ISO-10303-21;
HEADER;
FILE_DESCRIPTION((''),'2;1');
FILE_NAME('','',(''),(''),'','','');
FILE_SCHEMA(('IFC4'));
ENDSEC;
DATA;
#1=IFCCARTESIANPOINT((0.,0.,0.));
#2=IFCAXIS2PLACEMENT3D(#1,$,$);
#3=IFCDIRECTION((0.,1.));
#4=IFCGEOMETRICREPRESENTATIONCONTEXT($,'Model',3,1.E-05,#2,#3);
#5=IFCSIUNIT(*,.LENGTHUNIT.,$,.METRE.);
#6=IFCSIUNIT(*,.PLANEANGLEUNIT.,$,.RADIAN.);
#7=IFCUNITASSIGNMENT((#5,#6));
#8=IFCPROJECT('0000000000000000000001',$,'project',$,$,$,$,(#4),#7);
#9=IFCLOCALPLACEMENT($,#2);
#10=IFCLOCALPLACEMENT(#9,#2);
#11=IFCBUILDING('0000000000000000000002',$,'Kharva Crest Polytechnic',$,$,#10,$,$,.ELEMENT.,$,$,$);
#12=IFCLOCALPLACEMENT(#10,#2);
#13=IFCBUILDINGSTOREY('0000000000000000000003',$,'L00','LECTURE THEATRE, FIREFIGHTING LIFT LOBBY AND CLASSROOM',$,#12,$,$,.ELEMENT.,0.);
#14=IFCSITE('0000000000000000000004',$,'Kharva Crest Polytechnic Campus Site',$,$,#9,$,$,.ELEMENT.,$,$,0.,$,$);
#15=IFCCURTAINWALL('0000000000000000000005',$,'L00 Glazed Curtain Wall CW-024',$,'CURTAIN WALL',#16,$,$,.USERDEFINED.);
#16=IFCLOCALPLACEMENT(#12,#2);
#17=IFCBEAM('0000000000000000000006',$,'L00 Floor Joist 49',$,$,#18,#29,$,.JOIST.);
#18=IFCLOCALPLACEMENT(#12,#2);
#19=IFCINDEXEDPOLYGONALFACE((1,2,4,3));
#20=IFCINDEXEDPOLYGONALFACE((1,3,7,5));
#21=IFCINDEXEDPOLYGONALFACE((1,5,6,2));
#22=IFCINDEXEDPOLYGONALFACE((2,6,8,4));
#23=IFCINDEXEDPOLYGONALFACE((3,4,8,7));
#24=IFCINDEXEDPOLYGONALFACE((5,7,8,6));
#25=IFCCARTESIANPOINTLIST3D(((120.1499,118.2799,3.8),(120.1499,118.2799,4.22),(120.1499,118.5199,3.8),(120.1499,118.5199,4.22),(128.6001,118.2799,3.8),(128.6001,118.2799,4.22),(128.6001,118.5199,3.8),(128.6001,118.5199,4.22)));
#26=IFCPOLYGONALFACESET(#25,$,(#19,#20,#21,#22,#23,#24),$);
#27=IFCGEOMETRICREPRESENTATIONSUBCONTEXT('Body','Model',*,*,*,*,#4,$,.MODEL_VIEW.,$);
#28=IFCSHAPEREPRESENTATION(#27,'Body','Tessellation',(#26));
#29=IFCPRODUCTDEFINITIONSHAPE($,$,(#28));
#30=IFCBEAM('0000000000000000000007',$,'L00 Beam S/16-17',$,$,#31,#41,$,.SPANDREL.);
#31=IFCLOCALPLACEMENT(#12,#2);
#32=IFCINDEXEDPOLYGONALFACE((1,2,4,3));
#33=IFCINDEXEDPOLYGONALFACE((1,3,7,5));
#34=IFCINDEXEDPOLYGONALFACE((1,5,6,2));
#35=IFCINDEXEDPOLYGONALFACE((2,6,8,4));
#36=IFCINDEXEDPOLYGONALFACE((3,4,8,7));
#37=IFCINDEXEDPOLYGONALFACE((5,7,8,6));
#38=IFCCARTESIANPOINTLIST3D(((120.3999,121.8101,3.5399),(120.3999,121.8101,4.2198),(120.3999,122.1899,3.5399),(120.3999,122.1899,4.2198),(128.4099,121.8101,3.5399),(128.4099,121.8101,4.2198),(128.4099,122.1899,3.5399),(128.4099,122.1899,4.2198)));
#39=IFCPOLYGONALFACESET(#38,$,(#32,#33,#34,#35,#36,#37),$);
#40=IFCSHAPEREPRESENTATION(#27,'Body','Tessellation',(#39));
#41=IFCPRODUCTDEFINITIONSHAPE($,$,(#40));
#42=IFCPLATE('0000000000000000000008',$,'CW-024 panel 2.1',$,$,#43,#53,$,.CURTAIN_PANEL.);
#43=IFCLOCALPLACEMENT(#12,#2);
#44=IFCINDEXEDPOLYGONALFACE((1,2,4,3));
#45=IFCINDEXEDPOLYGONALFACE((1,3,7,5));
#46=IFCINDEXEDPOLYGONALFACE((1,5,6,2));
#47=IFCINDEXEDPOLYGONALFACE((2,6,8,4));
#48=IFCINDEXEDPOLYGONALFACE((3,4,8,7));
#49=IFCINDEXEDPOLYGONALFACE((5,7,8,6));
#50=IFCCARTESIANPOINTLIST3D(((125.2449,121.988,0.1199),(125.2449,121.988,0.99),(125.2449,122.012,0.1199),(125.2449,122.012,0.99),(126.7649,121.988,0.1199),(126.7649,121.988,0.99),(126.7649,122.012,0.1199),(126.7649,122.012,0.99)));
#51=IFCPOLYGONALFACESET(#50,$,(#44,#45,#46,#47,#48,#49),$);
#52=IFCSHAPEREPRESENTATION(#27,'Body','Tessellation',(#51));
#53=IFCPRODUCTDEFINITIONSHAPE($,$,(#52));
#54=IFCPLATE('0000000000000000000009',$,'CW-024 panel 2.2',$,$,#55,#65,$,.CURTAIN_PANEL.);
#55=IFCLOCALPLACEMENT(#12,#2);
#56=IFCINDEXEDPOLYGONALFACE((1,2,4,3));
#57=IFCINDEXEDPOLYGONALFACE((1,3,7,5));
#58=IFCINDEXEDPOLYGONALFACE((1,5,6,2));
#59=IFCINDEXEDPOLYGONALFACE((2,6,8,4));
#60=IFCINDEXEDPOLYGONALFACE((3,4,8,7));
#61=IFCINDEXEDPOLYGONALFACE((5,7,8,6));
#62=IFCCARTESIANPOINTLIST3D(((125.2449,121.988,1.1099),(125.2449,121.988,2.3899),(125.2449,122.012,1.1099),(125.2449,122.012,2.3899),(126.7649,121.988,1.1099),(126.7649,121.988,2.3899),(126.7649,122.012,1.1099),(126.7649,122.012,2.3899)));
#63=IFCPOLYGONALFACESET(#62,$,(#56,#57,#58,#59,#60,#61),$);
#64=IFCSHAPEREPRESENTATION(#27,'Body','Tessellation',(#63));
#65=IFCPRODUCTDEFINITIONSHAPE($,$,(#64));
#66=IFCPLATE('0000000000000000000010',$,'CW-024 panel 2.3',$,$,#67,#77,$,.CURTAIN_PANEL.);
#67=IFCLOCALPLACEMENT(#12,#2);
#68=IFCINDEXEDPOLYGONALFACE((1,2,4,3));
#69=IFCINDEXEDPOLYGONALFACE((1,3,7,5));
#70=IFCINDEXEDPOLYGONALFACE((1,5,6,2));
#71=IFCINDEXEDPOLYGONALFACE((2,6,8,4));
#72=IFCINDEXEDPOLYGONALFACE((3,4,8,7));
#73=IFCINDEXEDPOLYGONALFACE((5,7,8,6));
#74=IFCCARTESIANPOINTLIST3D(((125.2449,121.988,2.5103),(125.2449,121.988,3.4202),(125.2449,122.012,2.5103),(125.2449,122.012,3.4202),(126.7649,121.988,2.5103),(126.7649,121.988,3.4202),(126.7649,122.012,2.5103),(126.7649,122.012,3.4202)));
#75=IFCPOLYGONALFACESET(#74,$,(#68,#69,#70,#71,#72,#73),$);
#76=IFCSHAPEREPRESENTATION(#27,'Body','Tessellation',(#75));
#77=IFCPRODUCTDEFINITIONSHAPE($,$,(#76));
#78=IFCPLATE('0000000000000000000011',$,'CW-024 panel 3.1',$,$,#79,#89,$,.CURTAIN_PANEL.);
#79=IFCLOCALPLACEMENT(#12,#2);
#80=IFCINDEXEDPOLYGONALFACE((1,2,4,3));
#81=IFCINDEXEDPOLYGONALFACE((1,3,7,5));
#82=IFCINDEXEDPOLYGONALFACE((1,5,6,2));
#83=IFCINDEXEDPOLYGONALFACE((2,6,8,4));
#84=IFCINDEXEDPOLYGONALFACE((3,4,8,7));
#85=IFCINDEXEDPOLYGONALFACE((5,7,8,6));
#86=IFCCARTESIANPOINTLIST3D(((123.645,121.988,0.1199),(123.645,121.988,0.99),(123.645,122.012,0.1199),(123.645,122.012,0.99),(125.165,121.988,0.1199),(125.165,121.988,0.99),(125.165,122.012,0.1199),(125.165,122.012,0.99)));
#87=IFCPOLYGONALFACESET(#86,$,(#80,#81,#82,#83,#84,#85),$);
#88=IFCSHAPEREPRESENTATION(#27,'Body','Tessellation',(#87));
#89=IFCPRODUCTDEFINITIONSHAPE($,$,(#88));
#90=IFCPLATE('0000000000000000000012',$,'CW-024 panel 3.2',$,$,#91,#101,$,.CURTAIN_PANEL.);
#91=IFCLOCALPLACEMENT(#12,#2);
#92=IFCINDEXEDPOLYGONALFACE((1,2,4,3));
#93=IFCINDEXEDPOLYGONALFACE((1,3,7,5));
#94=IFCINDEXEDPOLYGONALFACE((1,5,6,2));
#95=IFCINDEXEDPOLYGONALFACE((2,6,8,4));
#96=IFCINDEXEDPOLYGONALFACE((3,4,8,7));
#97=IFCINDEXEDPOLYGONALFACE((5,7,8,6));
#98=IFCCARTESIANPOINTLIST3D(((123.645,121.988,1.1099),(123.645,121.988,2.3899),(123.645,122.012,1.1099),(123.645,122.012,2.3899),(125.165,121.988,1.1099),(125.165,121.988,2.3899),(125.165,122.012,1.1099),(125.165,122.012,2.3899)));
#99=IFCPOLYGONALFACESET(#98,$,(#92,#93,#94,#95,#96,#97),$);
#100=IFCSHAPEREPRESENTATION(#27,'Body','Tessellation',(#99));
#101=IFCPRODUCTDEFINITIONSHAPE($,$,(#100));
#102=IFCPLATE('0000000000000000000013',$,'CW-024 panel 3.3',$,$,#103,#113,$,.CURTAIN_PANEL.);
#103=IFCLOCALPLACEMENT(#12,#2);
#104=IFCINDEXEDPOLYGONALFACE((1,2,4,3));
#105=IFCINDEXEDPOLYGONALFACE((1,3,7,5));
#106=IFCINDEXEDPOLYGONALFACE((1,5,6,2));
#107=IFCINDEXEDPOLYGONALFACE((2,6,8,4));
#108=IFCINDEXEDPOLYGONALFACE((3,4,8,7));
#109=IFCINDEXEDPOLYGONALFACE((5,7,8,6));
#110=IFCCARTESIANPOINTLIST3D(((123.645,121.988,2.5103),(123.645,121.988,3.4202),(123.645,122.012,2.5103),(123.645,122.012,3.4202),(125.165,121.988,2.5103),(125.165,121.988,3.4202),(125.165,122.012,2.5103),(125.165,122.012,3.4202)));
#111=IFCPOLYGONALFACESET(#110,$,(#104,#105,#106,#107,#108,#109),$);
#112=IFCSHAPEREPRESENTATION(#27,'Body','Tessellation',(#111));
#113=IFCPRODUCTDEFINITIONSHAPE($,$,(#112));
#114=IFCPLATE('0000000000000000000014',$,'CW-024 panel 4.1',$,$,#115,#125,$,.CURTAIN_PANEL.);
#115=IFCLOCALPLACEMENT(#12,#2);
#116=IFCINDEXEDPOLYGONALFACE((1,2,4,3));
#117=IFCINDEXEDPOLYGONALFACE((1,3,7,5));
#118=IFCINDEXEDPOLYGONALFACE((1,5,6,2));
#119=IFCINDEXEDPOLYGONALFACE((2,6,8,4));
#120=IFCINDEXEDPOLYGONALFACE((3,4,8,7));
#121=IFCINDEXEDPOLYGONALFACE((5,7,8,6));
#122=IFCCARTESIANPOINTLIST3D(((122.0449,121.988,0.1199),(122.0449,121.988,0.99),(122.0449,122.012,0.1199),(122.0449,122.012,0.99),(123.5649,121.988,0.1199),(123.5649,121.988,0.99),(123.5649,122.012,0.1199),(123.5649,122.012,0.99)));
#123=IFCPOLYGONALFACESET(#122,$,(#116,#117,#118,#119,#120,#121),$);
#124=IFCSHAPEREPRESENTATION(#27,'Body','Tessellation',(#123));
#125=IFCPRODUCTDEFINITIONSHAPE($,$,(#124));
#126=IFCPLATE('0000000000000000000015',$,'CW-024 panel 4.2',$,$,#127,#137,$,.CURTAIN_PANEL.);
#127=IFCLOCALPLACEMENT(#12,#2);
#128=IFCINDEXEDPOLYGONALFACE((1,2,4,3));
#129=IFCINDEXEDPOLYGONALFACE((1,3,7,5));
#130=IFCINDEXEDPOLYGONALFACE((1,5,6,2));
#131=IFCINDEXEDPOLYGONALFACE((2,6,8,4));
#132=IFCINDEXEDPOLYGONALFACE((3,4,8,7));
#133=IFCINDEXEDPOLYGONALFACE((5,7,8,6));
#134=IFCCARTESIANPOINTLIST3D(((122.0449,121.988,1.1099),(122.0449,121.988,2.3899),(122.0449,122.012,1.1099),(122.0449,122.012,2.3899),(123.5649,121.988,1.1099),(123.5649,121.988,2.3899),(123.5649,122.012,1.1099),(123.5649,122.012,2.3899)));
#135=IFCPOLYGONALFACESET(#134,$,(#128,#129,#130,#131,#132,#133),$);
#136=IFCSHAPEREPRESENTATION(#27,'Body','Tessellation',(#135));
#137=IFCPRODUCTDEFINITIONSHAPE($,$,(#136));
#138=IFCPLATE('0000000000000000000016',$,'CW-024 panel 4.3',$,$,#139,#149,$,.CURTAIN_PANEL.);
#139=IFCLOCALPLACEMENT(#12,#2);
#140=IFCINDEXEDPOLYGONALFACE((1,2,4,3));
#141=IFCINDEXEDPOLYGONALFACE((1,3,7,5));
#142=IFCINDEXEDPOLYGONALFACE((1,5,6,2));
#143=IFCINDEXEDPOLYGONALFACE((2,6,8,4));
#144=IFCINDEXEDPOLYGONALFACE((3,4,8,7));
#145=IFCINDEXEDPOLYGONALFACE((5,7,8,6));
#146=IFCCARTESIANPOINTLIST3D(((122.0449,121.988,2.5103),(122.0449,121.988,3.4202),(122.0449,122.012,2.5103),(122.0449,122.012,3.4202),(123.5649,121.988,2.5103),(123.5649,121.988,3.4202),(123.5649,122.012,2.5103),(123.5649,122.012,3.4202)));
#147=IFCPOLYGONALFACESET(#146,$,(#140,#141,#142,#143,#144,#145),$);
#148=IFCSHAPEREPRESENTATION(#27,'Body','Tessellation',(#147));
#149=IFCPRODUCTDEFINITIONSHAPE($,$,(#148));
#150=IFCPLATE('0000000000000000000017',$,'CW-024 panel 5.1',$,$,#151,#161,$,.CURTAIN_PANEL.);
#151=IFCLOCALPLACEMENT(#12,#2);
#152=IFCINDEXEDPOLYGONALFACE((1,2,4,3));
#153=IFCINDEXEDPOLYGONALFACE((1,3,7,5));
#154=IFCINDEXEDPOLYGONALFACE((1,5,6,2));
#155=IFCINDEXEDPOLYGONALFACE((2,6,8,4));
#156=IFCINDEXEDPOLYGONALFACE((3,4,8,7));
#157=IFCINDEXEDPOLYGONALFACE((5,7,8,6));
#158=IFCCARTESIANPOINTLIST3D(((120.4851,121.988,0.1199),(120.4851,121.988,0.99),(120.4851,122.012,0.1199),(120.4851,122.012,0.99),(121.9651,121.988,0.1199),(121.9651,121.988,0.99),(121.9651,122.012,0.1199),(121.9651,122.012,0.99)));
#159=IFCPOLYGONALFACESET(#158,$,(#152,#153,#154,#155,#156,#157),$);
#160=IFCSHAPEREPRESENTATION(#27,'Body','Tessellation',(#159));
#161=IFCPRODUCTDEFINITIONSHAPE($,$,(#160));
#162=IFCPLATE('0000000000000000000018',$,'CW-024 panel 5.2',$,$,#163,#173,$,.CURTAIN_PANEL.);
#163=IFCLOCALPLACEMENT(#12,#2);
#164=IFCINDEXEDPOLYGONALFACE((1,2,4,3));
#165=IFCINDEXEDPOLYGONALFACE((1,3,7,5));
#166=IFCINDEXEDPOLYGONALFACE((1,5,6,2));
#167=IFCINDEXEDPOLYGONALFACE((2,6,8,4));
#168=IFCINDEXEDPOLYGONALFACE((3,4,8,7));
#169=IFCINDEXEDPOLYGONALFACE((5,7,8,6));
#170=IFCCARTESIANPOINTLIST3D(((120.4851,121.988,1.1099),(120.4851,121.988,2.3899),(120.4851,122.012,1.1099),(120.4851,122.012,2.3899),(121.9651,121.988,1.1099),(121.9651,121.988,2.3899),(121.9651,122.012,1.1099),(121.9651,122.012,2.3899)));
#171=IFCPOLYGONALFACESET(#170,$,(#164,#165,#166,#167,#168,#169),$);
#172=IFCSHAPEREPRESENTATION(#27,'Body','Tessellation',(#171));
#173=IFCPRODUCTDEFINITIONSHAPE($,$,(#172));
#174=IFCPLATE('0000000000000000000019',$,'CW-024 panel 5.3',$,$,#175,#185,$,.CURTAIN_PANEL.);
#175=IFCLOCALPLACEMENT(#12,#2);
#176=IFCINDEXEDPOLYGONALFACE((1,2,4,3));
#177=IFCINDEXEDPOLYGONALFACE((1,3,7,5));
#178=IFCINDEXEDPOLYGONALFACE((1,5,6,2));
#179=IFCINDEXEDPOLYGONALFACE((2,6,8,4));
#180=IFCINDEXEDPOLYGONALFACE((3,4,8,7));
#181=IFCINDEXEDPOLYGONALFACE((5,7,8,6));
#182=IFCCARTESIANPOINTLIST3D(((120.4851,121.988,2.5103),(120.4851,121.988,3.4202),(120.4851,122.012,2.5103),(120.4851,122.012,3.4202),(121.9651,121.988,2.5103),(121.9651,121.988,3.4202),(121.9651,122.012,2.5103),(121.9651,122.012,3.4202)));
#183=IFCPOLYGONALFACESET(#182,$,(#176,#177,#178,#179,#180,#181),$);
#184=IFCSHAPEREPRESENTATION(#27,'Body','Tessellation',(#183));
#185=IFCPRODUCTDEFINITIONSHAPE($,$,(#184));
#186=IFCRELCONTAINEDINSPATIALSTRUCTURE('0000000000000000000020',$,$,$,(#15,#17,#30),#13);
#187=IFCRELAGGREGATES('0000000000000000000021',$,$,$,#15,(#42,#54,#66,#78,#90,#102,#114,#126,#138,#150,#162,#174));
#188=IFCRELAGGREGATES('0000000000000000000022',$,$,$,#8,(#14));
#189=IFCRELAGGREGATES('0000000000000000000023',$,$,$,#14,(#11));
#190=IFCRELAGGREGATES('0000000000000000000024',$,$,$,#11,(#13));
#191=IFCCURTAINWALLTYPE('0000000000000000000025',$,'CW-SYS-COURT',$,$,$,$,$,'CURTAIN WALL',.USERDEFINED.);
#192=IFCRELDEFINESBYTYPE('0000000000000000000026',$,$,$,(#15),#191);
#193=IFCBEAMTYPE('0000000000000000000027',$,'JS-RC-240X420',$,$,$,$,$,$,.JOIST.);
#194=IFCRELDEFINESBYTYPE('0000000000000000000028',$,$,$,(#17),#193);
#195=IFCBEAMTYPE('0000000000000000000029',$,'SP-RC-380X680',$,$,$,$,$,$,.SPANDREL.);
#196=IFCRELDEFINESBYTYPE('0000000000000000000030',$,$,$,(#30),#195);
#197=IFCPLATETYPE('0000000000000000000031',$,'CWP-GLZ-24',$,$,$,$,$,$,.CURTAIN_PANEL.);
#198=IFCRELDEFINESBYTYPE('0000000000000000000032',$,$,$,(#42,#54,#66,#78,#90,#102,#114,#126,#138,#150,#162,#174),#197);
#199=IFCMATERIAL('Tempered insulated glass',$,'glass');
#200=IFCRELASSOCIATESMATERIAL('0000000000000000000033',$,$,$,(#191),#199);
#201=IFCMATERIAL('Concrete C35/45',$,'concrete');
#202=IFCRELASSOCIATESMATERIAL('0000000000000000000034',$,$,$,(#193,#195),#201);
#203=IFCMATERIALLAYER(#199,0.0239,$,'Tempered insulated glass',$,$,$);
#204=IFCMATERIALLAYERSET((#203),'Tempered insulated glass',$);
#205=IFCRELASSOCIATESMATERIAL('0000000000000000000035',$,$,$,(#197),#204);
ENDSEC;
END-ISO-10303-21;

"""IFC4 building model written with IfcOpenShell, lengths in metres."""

from ifc_helpers import new_model, si_unit, direction, frame, origin, origin_2d, place, context, subcontext, project, spatial, rectangle, extrude, material, layer, layer_set, material_profile, profile_set, type_object, element, aggregate, save


model = new_model("IFC4")

# Units and contexts
model_context = context("Model", 3, precision=1e-05, world=origin(), true_north=direction((0.0, 1.0)))
body_context = subcontext(model_context, "Body", "Model", "MODEL_VIEW")
ifc_project = project(units=[si_unit("LENGTHUNIT", "METRE"), si_unit("PLANEANGLEUNIT", "RADIAN")], contexts=[model_context])

# Site, building, storey
site_placement = place(None, origin())
site = spatial("IfcSite", under=ifc_project, at=site_placement, Name="Kharva Crest Polytechnic Campus Site", CompositionType="ELEMENT", RefElevation=0.0)
building_placement = place(site_placement, origin())
building = spatial("IfcBuilding", under=site, at=building_placement, Name="Kharva Crest Polytechnic", CompositionType="ELEMENT")
storey_placement = place(building_placement, origin())
storey = spatial("IfcBuildingStorey", under=building, at=storey_placement, Name="L00", Description="LECTURE THEATRE, FIREFIGHTING LIFT LOBBY AND CLASSROOM", CompositionType="ELEMENT", Elevation=0.0)

# Shared definitions
ifc_material_1 = material(Name="Concrete C35/45", Category="concrete")

# Curtain wall
ifc_material_2 = material(Name="Tempered insulated glass", Category="glass")
curtain_wall_type = type_object("IfcCurtainWallType", Name="CW-SYS-COURT", ElementType="CURTAIN WALL", PredefinedType="USERDEFINED", material=ifc_material_2)
curtain_wall_placement = place(storey_placement, origin())
curtain_wall = element("IfcCurtainWall", 1, at=curtain_wall_placement, inside=storey, type_object=curtain_wall_type, Name="L00 Glazed Curtain Wall CW-024", ObjectType="CURTAIN WALL", PredefinedType="USERDEFINED")

# Beams
ifc_material_profile_1 = material_profile(ifc_material_1, rectangle(XDim=0.24, YDim=0.4199, at=origin_2d()), Name="RECT 240 X 420")
ifc_profile_set_1 = profile_set([ifc_material_profile_1], Name="Concrete C35/45")
beam_type_1 = type_object("IfcBeamType", Name="JS-RC-240X420", PredefinedType="JOIST", material=ifc_profile_set_1)
beam_1_placement = place(storey_placement, frame((120.1499, 118.3999, 4.01), z_axis=(1.0, 0.0, 0.0), x_axis=(0.0, 1.0, 0.0)))
element("IfcBeam", 2, at=beam_1_placement, inside=storey, type_object=beam_type_1, Name="L00 Floor Joist 49", PredefinedType="JOIST", context=body_context, shape_type="SweptSolid", body=[
    extrude(rectangle(XDim=0.24, YDim=0.4199, at=origin_2d()), origin(), (0.0, 0.0, 1.0), 8.4502),
])
ifc_material_profile_2 = material_profile(ifc_material_1, rectangle(XDim=0.3799, YDim=0.6799, at=origin_2d()), Name="RECT 380 X 680")
ifc_profile_set_2 = profile_set([ifc_material_profile_2], Name="Concrete C35/45")
beam_type_2 = type_object("IfcBeamType", Name="SP-RC-380X680", PredefinedType="SPANDREL", material=ifc_profile_set_2)
beam_2_placement = place(storey_placement, frame((120.3999, 122.0, 3.8799), z_axis=(1.0, 0.0, 0.0), x_axis=(0.0, 1.0, 0.0)))
element("IfcBeam", 3, at=beam_2_placement, inside=storey, type_object=beam_type_2, Name="L00 Beam S/16-17", PredefinedType="SPANDREL", context=body_context, shape_type="SweptSolid", body=[
    extrude(rectangle(XDim=0.3799, YDim=0.6799, at=origin_2d()), origin(), (0.0, 0.0, 1.0), 8.01),
])

# Plates
ifc_layer = layer(ifc_material_2, 0.0239, Name="Tempered insulated glass")
ifc_layer_set = layer_set([ifc_layer], Name="Tempered insulated glass")
plate_type = type_object("IfcPlateType", Name="CWP-GLZ-24", PredefinedType="CURTAIN_PANEL", material=ifc_layer_set)
plate_1_placement = place(storey_placement, frame((126.0049, 122.0, 0.1199), z_axis=(0.0, 0.0, 1.0), x_axis=(-1.0, 0.0, 0.0)))
plate_1 = element("IfcPlate", 4, at=plate_1_placement, type_object=plate_type, Name="CW-024 panel 2.1", PredefinedType="CURTAIN_PANEL", context=body_context, shape_type="SweptSolid", body=[
    extrude(rectangle(XDim=1.52, YDim=0.0239, at=origin_2d()), origin(), (0.0, 0.0, 1.0), 0.8701),
])
plate_2_placement = place(storey_placement, frame((126.0049, 122.0, 1.1099), z_axis=(0.0, 0.0, 1.0), x_axis=(-1.0, 0.0, 0.0)))
plate_2 = element("IfcPlate", 5, at=plate_2_placement, type_object=plate_type, Name="CW-024 panel 2.2", PredefinedType="CURTAIN_PANEL", context=body_context, shape_type="SweptSolid", body=[
    extrude(rectangle(XDim=1.52, YDim=0.0239, at=origin_2d()), origin(), (0.0, 0.0, 1.0), 1.28),
])
plate_3_placement = place(storey_placement, frame((126.0049, 122.0, 2.5103), z_axis=(0.0, 0.0, 1.0), x_axis=(-1.0, 0.0, 0.0)))
plate_3 = element("IfcPlate", 6, at=plate_3_placement, type_object=plate_type, Name="CW-024 panel 2.3", PredefinedType="CURTAIN_PANEL", context=body_context, shape_type="SweptSolid", body=[
    extrude(rectangle(XDim=1.52, YDim=0.0239, at=origin_2d()), origin(), (0.0, 0.0, 1.0), 0.9099),
])
plate_4_placement = place(storey_placement, frame((124.405, 122.0, 0.1199), z_axis=(0.0, 0.0, 1.0), x_axis=(-1.0, 0.0, 0.0)))
plate_4 = element("IfcPlate", 7, at=plate_4_placement, type_object=plate_type, Name="CW-024 panel 3.1", PredefinedType="CURTAIN_PANEL", context=body_context, shape_type="SweptSolid", body=[
    extrude(rectangle(XDim=1.52, YDim=0.0239, at=origin_2d()), origin(), (0.0, 0.0, 1.0), 0.8701),
])
plate_5_placement = place(storey_placement, frame((124.405, 122.0, 1.1099), z_axis=(0.0, 0.0, 1.0), x_axis=(-1.0, 0.0, 0.0)))
plate_5 = element("IfcPlate", 8, at=plate_5_placement, type_object=plate_type, Name="CW-024 panel 3.2", PredefinedType="CURTAIN_PANEL", context=body_context, shape_type="SweptSolid", body=[
    extrude(rectangle(XDim=1.52, YDim=0.0239, at=origin_2d()), origin(), (0.0, 0.0, 1.0), 1.28),
])
plate_6_placement = place(storey_placement, frame((124.405, 122.0, 2.5103), z_axis=(0.0, 0.0, 1.0), x_axis=(-1.0, 0.0, 0.0)))
plate_6 = element("IfcPlate", 9, at=plate_6_placement, type_object=plate_type, Name="CW-024 panel 3.3", PredefinedType="CURTAIN_PANEL", context=body_context, shape_type="SweptSolid", body=[
    extrude(rectangle(XDim=1.52, YDim=0.0239, at=origin_2d()), origin(), (0.0, 0.0, 1.0), 0.9099),
])
plate_7_placement = place(storey_placement, frame((122.8049, 122.0, 0.1199), z_axis=(0.0, 0.0, 1.0), x_axis=(-1.0, 0.0, 0.0)))
plate_7 = element("IfcPlate", 10, at=plate_7_placement, type_object=plate_type, Name="CW-024 panel 4.1", PredefinedType="CURTAIN_PANEL", context=body_context, shape_type="SweptSolid", body=[
    extrude(rectangle(XDim=1.52, YDim=0.0239, at=origin_2d()), origin(), (0.0, 0.0, 1.0), 0.8701),
])
plate_8_placement = place(storey_placement, frame((122.8049, 122.0, 1.1099), z_axis=(0.0, 0.0, 1.0), x_axis=(-1.0, 0.0, 0.0)))
plate_8 = element("IfcPlate", 11, at=plate_8_placement, type_object=plate_type, Name="CW-024 panel 4.2", PredefinedType="CURTAIN_PANEL", context=body_context, shape_type="SweptSolid", body=[
    extrude(rectangle(XDim=1.52, YDim=0.0239, at=origin_2d()), origin(), (0.0, 0.0, 1.0), 1.28),
])
plate_9_placement = place(storey_placement, frame((122.8049, 122.0, 2.5103), z_axis=(0.0, 0.0, 1.0), x_axis=(-1.0, 0.0, 0.0)))
plate_9 = element("IfcPlate", 12, at=plate_9_placement, type_object=plate_type, Name="CW-024 panel 4.3", PredefinedType="CURTAIN_PANEL", context=body_context, shape_type="SweptSolid", body=[
    extrude(rectangle(XDim=1.52, YDim=0.0239, at=origin_2d()), origin(), (0.0, 0.0, 1.0), 0.9099),
])
plate_10_placement = place(storey_placement, frame((121.2251, 122.0, 0.1199), z_axis=(0.0, 0.0, 1.0), x_axis=(-1.0, 0.0, 0.0)))
plate_10 = element("IfcPlate", 13, at=plate_10_placement, type_object=plate_type, Name="CW-024 panel 5.1", PredefinedType="CURTAIN_PANEL", context=body_context, shape_type="SweptSolid", body=[
    extrude(rectangle(XDim=1.48, YDim=0.0239, at=origin_2d()), origin(), (0.0, 0.0, 1.0), 0.8701),
])
plate_11_placement = place(storey_placement, frame((121.2251, 122.0, 1.1099), z_axis=(0.0, 0.0, 1.0), x_axis=(-1.0, 0.0, 0.0)))
plate_11 = element("IfcPlate", 14, at=plate_11_placement, type_object=plate_type, Name="CW-024 panel 5.2", PredefinedType="CURTAIN_PANEL", context=body_context, shape_type="SweptSolid", body=[
    extrude(rectangle(XDim=1.48, YDim=0.0239, at=origin_2d()), origin(), (0.0, 0.0, 1.0), 1.28),
])
plate_12_placement = place(storey_placement, frame((121.2251, 122.0, 2.5103), z_axis=(0.0, 0.0, 1.0), x_axis=(-1.0, 0.0, 0.0)))
plate_12 = element("IfcPlate", 15, at=plate_12_placement, type_object=plate_type, Name="CW-024 panel 5.3", PredefinedType="CURTAIN_PANEL", context=body_context, shape_type="SweptSolid", body=[
    extrude(rectangle(XDim=1.48, YDim=0.0239, at=origin_2d()), origin(), (0.0, 0.0, 1.0), 0.9099),
])
aggregate(curtain_wall, [plate_1, plate_2, plate_3, plate_4, plate_5, plate_6, plate_7, plate_8, plate_9, plate_10, plate_11, plate_12])

save(model, "model.ifc")
